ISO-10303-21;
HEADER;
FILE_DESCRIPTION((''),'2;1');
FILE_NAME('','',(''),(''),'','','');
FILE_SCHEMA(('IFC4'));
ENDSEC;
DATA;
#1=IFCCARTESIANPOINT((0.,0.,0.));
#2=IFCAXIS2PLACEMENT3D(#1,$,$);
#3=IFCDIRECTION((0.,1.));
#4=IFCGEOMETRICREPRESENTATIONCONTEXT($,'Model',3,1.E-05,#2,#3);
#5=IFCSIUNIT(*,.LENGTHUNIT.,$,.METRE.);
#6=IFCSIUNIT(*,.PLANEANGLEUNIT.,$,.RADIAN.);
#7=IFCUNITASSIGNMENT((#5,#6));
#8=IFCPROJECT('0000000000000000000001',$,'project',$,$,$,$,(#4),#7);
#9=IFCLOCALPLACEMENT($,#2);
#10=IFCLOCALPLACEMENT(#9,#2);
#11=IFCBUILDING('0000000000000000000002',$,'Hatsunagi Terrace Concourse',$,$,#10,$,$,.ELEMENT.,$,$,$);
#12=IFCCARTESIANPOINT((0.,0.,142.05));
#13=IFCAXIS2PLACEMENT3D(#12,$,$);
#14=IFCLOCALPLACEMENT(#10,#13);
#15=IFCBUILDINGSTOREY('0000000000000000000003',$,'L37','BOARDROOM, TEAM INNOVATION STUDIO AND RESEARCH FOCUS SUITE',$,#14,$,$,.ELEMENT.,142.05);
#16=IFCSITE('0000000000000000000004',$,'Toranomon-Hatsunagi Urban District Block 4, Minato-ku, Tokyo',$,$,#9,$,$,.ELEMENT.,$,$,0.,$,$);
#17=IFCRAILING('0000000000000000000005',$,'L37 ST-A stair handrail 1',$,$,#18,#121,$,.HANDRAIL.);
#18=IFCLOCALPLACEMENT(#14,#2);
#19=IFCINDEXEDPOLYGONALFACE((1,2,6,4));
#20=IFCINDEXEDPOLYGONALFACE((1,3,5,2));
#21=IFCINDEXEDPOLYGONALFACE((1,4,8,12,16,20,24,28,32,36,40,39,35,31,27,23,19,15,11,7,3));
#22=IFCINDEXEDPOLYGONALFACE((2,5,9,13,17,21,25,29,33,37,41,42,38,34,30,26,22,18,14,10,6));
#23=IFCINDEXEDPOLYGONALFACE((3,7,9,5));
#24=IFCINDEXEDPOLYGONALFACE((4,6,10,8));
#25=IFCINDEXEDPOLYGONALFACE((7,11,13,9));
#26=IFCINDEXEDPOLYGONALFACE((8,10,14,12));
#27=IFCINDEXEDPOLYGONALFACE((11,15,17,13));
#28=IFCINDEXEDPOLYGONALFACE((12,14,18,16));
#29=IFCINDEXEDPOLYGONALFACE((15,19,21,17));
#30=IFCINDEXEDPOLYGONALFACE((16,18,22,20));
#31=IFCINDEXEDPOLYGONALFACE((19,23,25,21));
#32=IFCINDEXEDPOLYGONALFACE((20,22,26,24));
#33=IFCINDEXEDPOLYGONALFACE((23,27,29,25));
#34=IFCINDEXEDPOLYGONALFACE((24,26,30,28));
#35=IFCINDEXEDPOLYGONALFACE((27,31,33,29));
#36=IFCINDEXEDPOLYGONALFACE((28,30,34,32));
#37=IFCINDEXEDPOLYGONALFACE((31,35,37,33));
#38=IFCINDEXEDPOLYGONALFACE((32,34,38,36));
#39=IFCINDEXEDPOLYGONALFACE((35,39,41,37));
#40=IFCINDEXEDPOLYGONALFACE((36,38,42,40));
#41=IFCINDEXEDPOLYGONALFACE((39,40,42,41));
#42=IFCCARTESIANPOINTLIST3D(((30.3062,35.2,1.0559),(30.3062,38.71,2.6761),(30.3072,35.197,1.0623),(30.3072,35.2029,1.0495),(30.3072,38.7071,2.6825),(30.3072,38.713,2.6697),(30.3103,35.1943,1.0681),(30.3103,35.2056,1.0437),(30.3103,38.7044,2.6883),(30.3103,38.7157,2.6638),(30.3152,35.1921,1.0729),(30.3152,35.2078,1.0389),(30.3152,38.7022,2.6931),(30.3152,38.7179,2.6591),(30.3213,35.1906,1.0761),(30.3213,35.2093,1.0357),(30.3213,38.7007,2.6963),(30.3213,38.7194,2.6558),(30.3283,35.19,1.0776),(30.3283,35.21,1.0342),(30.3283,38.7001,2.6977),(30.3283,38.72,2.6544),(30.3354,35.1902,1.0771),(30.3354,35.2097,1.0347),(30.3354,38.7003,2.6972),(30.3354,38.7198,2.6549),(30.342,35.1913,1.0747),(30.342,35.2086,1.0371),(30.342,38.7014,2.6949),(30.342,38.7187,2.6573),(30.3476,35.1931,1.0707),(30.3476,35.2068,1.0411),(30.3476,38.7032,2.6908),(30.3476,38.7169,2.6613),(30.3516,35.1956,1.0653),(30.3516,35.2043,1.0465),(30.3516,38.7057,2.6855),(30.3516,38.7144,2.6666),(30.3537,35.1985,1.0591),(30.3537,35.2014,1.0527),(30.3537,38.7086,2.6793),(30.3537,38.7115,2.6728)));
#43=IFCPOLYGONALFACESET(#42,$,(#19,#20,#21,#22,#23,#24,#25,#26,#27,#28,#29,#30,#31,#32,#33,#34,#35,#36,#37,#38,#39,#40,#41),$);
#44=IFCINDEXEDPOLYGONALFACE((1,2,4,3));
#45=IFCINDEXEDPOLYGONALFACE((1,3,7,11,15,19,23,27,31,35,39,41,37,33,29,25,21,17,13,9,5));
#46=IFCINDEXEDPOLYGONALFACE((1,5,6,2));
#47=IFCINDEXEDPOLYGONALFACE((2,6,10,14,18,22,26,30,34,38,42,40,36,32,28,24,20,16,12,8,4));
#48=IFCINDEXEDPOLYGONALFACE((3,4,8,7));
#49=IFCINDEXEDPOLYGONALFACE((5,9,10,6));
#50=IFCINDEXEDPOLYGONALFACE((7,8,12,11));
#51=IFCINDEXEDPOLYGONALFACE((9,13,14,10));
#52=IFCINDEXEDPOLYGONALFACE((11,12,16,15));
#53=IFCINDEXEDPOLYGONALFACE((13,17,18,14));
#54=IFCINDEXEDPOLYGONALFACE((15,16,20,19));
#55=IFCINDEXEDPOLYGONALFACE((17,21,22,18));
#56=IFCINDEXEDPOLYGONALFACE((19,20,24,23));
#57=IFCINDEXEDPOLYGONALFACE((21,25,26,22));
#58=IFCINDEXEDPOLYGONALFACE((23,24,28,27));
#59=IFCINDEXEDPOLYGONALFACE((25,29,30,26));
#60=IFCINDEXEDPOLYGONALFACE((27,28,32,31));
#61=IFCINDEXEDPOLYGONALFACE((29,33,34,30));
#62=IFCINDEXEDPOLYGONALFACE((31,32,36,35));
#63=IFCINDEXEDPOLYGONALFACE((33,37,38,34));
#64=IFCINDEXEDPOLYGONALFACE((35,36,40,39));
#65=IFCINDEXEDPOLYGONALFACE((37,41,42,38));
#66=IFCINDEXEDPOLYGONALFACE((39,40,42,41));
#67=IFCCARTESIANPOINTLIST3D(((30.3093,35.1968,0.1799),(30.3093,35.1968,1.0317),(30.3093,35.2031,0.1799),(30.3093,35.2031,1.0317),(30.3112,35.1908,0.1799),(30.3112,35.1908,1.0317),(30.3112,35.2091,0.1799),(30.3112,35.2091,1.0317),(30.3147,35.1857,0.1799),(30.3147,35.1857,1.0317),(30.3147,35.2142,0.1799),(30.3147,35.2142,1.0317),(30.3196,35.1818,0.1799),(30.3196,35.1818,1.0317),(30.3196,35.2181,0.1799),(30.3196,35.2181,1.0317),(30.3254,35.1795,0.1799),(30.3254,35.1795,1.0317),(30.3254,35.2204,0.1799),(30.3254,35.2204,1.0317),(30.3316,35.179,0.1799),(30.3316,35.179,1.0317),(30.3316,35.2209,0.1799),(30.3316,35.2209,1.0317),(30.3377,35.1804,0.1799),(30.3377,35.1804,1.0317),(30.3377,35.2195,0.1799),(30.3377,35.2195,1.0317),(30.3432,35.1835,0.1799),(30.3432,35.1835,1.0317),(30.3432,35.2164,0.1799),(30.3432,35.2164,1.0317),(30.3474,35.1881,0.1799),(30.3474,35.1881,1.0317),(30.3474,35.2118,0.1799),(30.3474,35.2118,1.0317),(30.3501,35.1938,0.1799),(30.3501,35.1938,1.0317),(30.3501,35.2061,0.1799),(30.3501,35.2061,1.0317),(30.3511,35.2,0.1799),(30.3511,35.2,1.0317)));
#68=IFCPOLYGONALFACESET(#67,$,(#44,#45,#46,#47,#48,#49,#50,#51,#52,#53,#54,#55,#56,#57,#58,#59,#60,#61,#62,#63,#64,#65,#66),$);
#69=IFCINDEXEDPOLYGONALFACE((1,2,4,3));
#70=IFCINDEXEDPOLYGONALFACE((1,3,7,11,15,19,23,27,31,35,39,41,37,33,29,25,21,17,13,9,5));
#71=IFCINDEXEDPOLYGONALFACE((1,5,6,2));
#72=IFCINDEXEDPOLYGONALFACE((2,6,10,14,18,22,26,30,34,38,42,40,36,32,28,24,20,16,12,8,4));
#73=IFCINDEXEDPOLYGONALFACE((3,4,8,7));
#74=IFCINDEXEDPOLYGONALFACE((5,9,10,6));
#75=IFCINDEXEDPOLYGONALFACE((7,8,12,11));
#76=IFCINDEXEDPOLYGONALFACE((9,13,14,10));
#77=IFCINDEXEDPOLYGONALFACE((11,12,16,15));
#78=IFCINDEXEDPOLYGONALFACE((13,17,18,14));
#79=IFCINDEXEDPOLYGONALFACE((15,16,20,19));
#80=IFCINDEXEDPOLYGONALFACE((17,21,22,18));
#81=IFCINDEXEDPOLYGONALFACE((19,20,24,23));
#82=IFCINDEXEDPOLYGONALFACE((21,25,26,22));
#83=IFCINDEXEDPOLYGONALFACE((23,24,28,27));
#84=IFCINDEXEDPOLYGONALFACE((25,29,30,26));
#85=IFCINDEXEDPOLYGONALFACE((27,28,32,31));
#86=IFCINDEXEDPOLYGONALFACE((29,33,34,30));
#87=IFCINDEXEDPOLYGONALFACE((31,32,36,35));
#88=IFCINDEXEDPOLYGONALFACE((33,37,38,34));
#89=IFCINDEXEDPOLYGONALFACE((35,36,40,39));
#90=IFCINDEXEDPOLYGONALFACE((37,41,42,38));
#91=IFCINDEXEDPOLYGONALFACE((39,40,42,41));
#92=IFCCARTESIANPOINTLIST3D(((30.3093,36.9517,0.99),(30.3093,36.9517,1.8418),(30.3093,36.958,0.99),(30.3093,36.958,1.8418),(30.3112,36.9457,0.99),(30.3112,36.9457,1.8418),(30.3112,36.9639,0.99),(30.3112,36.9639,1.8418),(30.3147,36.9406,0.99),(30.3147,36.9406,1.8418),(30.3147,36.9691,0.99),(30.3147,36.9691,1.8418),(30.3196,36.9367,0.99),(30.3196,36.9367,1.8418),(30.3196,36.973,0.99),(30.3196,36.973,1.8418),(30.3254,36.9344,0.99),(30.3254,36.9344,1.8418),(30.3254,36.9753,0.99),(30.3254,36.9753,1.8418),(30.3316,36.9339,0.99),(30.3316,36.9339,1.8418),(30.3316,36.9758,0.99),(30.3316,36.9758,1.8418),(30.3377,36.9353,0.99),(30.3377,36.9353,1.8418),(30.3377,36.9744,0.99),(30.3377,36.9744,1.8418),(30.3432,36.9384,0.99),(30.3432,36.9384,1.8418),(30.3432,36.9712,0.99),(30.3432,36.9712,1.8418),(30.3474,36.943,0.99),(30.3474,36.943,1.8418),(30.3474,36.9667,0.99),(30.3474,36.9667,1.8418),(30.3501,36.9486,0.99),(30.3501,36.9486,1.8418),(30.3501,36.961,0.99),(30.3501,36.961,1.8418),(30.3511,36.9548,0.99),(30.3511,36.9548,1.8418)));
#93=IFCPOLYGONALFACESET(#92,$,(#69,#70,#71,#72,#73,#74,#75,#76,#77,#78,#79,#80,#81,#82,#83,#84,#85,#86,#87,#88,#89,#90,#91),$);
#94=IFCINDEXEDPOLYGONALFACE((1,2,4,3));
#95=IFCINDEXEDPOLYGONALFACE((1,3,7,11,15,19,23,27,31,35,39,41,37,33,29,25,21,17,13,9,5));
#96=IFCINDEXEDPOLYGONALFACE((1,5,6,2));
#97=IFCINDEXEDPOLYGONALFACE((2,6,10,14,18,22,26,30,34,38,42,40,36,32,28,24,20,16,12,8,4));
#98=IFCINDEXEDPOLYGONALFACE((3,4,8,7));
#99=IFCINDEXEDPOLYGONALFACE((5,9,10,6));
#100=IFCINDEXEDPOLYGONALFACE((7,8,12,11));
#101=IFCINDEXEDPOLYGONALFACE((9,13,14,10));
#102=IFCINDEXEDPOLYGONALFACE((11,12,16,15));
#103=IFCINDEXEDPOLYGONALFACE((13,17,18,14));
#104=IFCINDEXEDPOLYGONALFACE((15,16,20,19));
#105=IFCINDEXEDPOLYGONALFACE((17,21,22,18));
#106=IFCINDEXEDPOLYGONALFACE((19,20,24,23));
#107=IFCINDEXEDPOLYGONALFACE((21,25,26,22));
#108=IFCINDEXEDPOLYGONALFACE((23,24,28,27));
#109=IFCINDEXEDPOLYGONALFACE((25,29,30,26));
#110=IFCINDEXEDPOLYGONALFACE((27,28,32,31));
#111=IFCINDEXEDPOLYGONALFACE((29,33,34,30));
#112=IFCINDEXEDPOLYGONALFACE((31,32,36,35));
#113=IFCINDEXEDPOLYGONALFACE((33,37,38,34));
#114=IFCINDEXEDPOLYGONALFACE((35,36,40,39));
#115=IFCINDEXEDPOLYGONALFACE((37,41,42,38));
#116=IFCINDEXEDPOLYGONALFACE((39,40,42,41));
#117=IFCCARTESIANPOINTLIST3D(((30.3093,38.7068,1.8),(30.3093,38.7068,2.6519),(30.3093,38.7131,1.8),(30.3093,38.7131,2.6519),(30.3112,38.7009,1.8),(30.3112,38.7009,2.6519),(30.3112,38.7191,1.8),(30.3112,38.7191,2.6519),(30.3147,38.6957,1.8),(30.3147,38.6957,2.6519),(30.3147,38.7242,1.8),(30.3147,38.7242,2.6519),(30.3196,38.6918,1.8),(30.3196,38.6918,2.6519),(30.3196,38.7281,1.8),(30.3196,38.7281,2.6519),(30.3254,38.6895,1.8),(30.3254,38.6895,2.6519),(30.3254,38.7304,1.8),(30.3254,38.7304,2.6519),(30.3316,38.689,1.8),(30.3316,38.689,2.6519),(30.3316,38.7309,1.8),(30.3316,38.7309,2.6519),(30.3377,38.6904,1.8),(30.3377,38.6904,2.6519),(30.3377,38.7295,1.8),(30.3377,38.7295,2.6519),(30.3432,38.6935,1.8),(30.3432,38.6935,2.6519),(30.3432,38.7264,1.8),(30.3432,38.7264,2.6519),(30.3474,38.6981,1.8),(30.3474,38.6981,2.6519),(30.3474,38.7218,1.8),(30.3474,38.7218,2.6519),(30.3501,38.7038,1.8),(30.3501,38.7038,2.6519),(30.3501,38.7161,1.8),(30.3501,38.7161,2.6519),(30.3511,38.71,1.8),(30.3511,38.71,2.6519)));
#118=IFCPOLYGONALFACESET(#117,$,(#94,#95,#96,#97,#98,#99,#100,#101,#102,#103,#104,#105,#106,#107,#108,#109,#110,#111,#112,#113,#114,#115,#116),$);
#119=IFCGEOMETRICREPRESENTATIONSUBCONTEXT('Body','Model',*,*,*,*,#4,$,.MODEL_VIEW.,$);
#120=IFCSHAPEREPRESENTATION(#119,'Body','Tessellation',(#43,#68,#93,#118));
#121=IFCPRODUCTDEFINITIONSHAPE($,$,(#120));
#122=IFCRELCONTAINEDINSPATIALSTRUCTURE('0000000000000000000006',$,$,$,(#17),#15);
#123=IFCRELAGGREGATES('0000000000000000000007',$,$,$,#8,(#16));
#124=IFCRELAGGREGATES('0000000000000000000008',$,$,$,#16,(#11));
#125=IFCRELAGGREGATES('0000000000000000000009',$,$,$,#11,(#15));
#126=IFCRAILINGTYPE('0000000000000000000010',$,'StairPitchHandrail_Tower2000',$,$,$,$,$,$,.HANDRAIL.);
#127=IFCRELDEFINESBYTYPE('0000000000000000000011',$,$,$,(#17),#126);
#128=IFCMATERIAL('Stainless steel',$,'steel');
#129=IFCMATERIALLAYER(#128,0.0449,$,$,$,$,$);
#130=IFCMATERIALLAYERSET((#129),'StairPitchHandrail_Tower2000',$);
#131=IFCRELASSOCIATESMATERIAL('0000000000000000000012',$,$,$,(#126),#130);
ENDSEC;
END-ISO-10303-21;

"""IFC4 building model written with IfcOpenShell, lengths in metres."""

from ifc_helpers import new_model, si_unit, direction, frame, origin, origin_2d, place, context, subcontext, project, spatial, circle, extrude, material, layer, layer_set, type_object, element, save


model = new_model("IFC4")

# Units and contexts
model_context = context("Model", 3, precision=1e-05, world=origin(), true_north=direction((0.0, 1.0)))
body_context = subcontext(model_context, "Body", "Model", "MODEL_VIEW")
ifc_project = project(units=[si_unit("LENGTHUNIT", "METRE"), si_unit("PLANEANGLEUNIT", "RADIAN")], contexts=[model_context])

# Site, building, storey
site_placement = place(None, origin())
site = spatial("IfcSite", under=ifc_project, at=site_placement, Name="Toranomon-Hatsunagi Urban District Block 4, Minato-ku, Tokyo", CompositionType="ELEMENT", RefElevation=0.0)
building_placement = place(site_placement, origin())
building = spatial("IfcBuilding", under=site, at=building_placement, Name="Hatsunagi Terrace Concourse", CompositionType="ELEMENT")
storey_placement = place(building_placement, frame((0.0, 0.0, 142.05)))
storey = spatial("IfcBuildingStorey", under=building, at=storey_placement, Name="L37", Description="BOARDROOM, TEAM INNOVATION STUDIO AND RESEARCH FOCUS SUITE", CompositionType="ELEMENT", Elevation=142.05)

# Railing
ifc_material_1 = material(Name="Stainless steel", Category="steel")
ifc_layer_1 = layer(ifc_material_1, 0.0449)
ifc_layer_set_1 = layer_set([ifc_layer_1], Name="StairPitchHandrail_Tower2000")
railing_type_1 = type_object("IfcRailingType", Name="StairPitchHandrail_Tower2000", PredefinedType="HANDRAIL", material=ifc_layer_set_1)
railing_1_placement = place(storey_placement, frame((30.3301, 35.2, 0.1799)))
element("IfcRailing", 1, at=railing_1_placement, inside=storey, type_object=railing_type_1, Name="L37 ST-A stair handrail 1", PredefinedType="HANDRAIL", context=body_context, shape_type="SweptSolid", body=[
    extrude(circle(Radius=0.0239, at=origin_2d()), frame((0.0, 0.0, 0.876), z_axis=(0.0, 0.907948, 0.419082), x_axis=(-1.0, 0.0, 0.0)), (0.0, 0.0, 1.0), 3.866),
    extrude(circle(Radius=0.021, at=origin_2d()), origin(), (0.0, 0.0, 1.0), 0.8518),
    extrude(circle(Radius=0.021, at=origin_2d()), frame((0.0, 1.7549, 0.8101)), (0.0, 0.0, 1.0), 0.8518),
    extrude(circle(Radius=0.021, at=origin_2d()), frame((0.0, 3.51, 1.6201)), (0.0, 0.0, 1.0), 0.8518),
])

save(model, "model.ifc")
